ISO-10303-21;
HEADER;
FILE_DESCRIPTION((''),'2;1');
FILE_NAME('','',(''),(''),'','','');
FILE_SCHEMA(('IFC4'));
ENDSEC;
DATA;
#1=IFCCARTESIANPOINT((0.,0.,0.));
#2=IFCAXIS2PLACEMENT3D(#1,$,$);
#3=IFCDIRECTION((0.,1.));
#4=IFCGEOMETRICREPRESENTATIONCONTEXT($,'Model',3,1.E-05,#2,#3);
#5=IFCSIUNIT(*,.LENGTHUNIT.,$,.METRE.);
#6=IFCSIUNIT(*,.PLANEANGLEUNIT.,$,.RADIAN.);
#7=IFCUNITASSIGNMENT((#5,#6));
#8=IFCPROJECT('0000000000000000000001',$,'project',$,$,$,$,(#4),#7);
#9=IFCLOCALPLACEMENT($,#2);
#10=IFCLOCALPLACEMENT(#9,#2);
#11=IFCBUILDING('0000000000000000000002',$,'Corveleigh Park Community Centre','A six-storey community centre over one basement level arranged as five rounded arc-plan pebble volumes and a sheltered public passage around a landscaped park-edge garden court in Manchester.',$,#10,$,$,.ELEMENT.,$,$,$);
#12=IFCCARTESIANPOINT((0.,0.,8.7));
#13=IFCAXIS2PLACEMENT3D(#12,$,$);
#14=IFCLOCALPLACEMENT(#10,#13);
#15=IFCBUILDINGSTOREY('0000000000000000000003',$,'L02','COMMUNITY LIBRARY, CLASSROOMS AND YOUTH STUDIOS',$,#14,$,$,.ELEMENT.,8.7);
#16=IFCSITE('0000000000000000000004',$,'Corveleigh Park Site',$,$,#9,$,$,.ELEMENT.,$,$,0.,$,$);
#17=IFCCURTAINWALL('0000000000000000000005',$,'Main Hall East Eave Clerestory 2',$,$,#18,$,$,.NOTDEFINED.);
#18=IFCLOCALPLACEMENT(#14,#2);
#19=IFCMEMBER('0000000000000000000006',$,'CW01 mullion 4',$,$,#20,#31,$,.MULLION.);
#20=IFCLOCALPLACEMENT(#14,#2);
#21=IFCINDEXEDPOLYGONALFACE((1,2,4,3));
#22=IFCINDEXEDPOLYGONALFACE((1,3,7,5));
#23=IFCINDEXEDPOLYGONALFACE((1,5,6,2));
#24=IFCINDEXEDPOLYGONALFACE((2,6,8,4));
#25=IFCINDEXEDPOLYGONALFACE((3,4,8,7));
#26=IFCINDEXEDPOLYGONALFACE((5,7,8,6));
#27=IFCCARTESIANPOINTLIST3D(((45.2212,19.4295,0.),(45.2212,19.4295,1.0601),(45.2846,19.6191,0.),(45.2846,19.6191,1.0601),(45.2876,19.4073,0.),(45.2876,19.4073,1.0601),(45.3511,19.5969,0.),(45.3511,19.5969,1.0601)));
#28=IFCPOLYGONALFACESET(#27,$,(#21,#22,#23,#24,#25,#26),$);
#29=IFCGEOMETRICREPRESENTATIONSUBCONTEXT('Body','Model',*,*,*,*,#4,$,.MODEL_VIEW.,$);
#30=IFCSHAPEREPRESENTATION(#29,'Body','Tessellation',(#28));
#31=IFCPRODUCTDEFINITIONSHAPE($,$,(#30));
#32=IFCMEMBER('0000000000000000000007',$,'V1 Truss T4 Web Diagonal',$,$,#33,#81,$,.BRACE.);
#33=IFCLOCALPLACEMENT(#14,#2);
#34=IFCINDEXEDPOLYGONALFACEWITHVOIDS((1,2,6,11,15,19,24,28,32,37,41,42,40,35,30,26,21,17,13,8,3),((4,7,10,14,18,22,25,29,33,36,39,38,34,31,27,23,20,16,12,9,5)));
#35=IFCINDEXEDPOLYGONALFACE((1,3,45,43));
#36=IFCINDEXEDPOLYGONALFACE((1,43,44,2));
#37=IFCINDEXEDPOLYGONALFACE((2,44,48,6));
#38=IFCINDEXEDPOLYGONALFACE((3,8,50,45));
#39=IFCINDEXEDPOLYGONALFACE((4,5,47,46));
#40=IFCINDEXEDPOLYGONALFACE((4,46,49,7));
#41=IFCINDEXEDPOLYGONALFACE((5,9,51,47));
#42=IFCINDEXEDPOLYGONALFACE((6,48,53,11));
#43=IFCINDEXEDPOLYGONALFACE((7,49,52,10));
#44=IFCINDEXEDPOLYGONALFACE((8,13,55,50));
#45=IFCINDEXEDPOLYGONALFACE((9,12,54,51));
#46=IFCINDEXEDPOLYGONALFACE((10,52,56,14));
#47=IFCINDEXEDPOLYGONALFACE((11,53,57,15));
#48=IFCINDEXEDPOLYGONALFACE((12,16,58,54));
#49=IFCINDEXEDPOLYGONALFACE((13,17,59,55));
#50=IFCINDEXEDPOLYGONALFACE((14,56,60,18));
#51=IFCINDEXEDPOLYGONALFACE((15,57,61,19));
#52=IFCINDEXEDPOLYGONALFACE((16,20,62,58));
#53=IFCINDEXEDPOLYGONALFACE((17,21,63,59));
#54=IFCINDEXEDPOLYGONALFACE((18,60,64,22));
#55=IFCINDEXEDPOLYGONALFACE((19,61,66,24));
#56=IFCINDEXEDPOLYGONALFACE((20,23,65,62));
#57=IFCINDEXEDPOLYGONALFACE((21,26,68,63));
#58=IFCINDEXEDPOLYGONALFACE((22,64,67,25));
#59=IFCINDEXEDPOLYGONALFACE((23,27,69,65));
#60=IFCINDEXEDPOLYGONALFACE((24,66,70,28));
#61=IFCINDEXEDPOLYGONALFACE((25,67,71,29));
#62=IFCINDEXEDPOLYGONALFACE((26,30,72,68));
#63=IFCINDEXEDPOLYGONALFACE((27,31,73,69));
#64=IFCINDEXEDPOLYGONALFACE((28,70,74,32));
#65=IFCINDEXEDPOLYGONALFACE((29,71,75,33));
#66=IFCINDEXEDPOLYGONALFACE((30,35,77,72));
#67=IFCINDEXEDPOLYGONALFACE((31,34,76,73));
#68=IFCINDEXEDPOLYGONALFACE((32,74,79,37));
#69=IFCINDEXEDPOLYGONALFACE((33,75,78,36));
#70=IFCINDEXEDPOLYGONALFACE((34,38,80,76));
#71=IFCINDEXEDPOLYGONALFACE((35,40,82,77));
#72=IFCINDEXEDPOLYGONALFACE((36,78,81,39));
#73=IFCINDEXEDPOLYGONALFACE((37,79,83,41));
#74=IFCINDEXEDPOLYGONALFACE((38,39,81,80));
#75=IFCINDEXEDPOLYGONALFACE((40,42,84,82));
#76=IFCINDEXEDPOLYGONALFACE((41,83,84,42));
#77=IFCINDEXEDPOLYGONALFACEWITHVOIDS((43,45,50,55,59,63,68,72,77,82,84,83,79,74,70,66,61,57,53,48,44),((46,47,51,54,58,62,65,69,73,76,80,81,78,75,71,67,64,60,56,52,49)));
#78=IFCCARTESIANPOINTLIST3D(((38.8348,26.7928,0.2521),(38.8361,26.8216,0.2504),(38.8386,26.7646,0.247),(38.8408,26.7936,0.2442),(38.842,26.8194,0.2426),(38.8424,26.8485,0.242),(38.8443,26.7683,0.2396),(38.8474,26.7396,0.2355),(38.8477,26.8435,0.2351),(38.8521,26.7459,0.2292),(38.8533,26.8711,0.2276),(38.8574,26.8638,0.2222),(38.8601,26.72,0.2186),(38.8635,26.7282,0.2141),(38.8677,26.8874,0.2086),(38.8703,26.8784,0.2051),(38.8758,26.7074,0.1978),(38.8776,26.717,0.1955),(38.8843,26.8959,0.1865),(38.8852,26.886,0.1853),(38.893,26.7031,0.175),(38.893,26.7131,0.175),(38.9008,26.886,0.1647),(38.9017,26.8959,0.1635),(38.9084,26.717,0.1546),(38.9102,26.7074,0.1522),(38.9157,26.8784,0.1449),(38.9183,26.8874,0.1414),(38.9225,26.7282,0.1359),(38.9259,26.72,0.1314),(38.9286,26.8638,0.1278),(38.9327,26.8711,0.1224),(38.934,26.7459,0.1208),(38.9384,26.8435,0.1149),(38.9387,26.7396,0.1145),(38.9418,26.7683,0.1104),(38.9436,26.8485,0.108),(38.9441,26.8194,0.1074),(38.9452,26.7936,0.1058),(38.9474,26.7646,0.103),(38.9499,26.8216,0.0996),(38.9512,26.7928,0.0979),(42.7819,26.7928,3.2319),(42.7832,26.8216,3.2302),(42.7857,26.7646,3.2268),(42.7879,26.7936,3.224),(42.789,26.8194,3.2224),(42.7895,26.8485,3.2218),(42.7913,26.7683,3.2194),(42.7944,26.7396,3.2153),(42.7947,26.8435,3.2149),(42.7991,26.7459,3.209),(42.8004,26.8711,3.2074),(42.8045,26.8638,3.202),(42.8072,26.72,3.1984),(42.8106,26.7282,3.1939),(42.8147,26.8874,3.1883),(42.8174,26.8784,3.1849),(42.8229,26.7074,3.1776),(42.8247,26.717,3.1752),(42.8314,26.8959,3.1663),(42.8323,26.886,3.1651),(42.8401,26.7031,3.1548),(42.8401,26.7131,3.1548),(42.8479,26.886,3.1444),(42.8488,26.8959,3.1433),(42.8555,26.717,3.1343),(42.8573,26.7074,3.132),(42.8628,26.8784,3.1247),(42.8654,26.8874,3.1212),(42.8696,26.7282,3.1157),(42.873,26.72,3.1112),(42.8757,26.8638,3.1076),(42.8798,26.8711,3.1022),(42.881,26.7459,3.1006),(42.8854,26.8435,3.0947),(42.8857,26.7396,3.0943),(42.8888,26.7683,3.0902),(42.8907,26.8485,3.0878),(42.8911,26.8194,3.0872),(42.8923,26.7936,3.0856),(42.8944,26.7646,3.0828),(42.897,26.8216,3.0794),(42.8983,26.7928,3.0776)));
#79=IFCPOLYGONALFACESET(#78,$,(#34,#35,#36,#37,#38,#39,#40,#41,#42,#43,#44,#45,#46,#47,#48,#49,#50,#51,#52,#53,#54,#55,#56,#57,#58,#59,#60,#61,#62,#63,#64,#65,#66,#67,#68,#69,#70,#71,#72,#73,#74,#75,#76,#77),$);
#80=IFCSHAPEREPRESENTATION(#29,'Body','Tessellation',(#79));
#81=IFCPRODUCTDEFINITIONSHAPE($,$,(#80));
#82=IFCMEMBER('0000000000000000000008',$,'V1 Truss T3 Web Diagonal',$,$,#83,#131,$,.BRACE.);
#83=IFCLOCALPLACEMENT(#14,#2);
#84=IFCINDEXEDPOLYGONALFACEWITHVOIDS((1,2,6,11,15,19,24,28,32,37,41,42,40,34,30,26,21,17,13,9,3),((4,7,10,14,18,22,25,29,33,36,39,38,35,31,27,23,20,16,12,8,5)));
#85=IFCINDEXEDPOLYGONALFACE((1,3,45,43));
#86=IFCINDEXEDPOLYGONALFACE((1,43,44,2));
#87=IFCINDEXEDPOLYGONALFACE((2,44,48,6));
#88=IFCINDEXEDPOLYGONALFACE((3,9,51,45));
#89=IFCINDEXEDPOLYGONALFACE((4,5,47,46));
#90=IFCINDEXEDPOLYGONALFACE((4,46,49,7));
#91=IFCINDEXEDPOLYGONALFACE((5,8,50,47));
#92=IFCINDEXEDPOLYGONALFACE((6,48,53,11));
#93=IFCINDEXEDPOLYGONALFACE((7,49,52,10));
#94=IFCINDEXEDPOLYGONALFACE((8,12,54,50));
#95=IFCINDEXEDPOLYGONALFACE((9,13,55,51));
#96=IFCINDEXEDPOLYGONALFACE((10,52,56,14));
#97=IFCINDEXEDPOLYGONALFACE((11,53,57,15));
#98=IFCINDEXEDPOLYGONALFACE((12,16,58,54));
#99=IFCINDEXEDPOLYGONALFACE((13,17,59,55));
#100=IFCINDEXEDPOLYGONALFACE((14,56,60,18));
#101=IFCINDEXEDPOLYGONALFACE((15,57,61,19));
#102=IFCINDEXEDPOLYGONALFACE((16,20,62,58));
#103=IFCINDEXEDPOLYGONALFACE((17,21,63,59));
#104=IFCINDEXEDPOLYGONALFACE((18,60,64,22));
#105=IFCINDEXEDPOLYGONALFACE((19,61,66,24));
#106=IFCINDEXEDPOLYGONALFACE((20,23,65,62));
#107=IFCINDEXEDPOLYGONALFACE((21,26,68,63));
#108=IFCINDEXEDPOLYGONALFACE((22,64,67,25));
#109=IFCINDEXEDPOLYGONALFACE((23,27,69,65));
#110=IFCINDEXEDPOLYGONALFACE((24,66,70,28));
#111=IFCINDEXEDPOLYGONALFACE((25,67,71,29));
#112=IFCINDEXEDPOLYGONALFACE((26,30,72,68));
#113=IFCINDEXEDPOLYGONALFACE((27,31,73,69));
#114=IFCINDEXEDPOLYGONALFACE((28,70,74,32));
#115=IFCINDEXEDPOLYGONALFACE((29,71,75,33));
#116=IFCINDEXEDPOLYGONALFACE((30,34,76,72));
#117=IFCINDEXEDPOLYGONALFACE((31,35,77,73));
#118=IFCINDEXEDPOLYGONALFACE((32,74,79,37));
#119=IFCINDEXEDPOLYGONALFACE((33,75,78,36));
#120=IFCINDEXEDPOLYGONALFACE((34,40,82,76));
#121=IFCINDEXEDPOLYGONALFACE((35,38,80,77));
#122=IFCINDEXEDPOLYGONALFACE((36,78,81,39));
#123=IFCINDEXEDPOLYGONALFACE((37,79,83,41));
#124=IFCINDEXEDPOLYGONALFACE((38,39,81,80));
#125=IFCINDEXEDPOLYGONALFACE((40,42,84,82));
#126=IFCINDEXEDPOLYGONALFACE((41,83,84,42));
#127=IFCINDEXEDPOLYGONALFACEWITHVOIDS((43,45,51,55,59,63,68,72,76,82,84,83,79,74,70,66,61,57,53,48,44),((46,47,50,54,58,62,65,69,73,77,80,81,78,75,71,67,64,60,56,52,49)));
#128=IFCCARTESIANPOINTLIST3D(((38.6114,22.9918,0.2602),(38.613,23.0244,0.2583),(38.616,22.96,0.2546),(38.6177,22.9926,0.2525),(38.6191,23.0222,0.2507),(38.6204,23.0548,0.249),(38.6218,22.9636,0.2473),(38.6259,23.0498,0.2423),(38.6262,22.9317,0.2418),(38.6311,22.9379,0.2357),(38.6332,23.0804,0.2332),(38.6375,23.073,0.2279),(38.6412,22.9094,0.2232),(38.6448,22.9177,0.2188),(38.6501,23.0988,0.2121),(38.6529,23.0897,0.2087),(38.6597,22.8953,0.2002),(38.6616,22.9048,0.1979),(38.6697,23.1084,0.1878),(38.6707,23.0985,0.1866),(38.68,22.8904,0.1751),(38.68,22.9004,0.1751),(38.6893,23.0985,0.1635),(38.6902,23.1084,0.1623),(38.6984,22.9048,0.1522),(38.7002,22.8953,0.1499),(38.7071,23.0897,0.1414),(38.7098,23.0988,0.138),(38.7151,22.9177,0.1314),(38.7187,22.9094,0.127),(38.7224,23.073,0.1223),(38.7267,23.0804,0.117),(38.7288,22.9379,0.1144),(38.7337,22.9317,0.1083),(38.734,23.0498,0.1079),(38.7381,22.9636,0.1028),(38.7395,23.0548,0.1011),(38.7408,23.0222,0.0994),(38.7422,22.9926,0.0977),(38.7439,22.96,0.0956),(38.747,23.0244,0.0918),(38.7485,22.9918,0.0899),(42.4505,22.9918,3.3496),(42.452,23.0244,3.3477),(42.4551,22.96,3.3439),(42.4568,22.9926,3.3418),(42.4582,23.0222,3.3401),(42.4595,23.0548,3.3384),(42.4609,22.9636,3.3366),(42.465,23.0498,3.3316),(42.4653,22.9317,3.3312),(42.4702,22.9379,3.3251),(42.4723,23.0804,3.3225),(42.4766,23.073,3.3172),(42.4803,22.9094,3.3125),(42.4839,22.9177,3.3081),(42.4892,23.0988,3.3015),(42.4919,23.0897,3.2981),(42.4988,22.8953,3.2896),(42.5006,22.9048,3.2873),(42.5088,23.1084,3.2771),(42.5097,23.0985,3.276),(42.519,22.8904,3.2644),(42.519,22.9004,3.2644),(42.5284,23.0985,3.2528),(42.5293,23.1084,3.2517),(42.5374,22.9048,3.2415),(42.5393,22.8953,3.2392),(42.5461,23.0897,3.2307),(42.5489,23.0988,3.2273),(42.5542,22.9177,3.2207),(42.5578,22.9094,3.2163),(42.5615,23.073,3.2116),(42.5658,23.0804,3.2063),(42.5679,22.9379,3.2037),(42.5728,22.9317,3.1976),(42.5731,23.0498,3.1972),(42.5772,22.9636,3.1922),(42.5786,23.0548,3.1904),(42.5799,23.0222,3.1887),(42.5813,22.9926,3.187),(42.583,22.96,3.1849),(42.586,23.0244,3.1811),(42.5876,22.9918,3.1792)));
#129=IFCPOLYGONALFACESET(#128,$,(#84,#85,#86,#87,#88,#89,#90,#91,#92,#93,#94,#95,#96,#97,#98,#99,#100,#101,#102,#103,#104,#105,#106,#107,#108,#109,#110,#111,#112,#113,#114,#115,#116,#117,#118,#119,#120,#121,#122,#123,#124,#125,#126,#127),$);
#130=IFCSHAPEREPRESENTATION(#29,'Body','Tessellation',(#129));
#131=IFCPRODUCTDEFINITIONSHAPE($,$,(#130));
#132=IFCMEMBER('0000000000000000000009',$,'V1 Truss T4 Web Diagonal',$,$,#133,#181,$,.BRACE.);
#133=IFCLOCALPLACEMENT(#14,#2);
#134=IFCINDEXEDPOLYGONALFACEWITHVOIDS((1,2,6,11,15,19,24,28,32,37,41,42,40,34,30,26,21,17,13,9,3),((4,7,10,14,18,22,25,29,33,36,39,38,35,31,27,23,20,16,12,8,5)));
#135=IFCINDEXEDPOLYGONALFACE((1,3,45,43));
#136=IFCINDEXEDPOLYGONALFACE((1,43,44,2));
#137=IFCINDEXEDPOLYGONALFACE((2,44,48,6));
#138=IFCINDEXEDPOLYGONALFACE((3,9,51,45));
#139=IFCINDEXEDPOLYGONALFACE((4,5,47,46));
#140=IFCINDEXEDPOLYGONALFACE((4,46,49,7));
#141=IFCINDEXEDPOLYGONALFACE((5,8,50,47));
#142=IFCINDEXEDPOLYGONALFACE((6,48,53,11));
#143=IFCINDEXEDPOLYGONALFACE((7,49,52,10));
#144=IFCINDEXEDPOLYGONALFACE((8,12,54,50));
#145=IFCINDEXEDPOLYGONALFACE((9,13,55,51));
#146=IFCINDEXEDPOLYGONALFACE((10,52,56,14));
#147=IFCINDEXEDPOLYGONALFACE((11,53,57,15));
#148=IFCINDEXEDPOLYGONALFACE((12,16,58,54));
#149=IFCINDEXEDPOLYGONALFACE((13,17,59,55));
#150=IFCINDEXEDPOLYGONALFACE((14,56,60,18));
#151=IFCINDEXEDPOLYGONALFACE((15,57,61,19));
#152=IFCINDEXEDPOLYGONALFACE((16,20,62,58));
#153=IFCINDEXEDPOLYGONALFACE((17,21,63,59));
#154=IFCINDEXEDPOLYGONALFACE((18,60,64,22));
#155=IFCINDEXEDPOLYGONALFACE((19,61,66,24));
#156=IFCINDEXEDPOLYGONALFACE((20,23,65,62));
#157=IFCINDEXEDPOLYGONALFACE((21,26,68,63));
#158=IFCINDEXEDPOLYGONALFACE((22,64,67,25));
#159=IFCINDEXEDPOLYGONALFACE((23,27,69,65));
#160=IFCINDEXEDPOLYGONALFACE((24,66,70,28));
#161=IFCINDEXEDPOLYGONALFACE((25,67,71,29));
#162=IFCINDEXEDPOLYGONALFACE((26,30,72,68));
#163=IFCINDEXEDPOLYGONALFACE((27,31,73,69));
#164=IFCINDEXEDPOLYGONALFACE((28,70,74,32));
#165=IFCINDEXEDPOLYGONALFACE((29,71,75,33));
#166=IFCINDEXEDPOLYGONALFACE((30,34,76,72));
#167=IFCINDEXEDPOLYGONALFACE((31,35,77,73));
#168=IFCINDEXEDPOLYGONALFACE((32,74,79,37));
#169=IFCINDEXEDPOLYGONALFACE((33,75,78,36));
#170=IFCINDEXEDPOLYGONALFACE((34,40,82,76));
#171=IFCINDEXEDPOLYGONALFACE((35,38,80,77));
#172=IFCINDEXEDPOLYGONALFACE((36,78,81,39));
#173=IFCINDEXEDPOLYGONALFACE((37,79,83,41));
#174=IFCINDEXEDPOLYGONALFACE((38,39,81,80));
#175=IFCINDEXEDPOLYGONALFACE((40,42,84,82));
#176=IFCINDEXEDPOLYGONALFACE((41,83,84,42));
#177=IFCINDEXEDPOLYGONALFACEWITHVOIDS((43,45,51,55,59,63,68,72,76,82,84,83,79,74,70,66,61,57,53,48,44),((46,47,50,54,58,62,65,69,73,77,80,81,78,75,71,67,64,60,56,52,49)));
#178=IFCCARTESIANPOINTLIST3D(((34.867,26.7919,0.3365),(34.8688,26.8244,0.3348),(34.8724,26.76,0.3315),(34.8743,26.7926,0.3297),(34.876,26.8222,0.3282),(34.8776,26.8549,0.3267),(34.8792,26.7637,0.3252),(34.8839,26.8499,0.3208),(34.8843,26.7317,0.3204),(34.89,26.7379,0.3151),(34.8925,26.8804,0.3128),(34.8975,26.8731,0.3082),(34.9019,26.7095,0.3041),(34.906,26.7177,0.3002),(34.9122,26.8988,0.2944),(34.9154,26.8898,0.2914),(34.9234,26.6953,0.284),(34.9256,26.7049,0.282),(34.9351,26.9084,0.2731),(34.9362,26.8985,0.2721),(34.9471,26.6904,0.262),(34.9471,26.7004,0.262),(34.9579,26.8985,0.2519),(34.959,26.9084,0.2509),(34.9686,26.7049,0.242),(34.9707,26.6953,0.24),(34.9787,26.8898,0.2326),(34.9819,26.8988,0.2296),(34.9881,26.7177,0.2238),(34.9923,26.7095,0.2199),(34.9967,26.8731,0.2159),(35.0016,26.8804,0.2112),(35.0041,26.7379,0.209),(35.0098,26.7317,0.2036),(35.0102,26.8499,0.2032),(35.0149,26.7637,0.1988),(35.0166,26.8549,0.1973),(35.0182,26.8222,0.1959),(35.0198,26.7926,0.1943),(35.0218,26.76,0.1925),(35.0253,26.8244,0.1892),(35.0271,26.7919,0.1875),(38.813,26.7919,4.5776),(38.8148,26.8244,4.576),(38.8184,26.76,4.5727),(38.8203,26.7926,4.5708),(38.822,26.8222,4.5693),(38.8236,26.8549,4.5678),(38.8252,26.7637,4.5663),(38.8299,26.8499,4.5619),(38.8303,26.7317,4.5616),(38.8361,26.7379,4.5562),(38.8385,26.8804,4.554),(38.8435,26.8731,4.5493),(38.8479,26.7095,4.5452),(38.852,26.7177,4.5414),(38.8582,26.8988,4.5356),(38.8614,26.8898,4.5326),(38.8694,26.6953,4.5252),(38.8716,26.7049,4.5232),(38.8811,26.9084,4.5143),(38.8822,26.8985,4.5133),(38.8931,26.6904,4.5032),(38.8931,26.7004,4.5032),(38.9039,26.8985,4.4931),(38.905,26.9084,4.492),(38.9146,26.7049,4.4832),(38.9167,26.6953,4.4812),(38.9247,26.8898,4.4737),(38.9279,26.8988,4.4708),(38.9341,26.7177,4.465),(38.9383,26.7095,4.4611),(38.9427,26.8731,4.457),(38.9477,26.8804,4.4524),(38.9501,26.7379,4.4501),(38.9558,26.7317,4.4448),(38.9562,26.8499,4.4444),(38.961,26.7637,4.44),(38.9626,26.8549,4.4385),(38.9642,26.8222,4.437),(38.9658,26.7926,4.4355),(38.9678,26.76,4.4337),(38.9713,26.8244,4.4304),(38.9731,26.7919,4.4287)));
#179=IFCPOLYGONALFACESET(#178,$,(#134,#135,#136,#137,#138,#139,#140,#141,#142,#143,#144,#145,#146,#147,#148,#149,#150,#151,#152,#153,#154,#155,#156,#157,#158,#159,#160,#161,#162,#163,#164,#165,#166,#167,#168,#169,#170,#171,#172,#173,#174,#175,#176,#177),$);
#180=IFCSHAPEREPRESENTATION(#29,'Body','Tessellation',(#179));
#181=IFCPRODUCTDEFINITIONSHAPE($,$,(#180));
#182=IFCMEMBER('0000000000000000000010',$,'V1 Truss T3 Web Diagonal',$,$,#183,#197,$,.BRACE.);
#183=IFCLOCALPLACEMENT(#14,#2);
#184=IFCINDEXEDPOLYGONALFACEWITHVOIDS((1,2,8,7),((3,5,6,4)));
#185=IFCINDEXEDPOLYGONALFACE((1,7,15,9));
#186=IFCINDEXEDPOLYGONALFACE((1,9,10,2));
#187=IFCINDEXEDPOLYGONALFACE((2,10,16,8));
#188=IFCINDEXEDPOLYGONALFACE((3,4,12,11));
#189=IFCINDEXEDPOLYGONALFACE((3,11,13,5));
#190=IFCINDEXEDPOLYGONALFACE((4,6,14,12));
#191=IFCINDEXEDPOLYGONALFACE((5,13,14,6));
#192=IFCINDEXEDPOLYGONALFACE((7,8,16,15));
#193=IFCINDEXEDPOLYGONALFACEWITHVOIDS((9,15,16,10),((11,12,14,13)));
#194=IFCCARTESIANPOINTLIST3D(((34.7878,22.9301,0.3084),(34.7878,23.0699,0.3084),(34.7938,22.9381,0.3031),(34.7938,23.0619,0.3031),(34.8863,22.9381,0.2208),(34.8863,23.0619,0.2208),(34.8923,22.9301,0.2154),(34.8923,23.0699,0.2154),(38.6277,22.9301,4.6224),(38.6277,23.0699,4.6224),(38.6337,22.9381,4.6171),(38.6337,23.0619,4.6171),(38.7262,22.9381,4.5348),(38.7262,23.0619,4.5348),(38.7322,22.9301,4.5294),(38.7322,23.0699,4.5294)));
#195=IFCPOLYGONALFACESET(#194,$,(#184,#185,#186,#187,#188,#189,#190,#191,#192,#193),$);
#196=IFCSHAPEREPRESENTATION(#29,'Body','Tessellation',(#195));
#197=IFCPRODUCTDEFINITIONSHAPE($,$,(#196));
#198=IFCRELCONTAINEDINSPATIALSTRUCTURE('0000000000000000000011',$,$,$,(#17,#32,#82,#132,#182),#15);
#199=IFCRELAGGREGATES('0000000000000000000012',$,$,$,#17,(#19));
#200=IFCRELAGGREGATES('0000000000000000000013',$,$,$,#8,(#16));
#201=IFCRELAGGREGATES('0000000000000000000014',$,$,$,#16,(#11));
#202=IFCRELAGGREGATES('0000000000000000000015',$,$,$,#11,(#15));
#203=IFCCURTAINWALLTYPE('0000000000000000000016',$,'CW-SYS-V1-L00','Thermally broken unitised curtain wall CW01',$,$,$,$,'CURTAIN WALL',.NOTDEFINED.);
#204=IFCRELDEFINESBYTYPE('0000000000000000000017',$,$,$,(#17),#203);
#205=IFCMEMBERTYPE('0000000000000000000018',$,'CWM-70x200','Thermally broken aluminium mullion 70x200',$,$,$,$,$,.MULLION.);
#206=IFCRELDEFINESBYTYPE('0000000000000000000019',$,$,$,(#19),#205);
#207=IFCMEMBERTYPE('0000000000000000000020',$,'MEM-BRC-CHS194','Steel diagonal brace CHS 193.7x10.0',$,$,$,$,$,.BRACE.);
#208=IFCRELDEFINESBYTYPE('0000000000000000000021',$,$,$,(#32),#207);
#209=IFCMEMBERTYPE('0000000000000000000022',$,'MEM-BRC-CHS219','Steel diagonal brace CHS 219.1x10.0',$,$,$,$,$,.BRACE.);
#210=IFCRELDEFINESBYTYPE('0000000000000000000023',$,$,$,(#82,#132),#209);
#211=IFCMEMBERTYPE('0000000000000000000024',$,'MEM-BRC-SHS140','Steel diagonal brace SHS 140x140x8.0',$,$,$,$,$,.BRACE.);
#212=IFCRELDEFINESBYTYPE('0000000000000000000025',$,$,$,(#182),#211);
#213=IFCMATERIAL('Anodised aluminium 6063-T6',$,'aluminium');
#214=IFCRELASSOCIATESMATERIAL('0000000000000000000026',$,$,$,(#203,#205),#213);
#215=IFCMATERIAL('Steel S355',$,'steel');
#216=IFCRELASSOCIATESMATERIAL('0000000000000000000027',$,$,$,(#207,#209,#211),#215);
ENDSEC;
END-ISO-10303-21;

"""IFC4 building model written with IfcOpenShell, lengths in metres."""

from ifc_helpers import new_model, si_unit, direction, frame, origin, origin_2d, place, context, subcontext, project, spatial, rectangle, hollow_rectangle, hollow_circle, extrude, material, material_profile, profile_set, type_object, element, aggregate, save


model = new_model("IFC4")

# Units and contexts
model_context = context("Model", 3, precision=1e-05, world=origin(), true_north=direction((0.0, 1.0)))
body_context = subcontext(model_context, "Body", "Model", "MODEL_VIEW")
ifc_project = project(units=[si_unit("LENGTHUNIT", "METRE"), si_unit("PLANEANGLEUNIT", "RADIAN")], contexts=[model_context])

# Site, building, storey
site_placement = place(None, origin())
site = spatial("IfcSite", under=ifc_project, at=site_placement, Name="Corveleigh Park Site", CompositionType="ELEMENT", RefElevation=0.0)
building_placement = place(site_placement, origin())
building = spatial("IfcBuilding", under=site, at=building_placement, Name="Corveleigh Park Community Centre", Description="A six-storey community centre over one basement level arranged as five rounded arc-plan pebble volumes and a sheltered public passage around a landscaped park-edge garden court in Manchester.", CompositionType="ELEMENT")
storey_placement = place(building_placement, frame((0.0, 0.0, 8.7)))
storey = spatial("IfcBuildingStorey", under=building, at=storey_placement, Name="L02", Description="COMMUNITY LIBRARY, CLASSROOMS AND YOUTH STUDIOS", CompositionType="ELEMENT", Elevation=8.7)

# Curtain wall, member
ifc_material_1 = material(Name="Anodised aluminium 6063-T6", Category="aluminium")
curtain_wall_type = type_object("IfcCurtainWallType", Name="CW-SYS-V1-L00", Description="Thermally broken unitised curtain wall CW01", ElementType="CURTAIN WALL", PredefinedType="NOTDEFINED", material=ifc_material_1)
curtain_wall_placement = place(storey_placement, origin())
curtain_wall = element("IfcCurtainWall", 1, at=curtain_wall_placement, inside=storey, type_object=curtain_wall_type, Name="Main Hall East Eave Clerestory 2", PredefinedType="NOTDEFINED")
ifc_material_profile_1 = material_profile(ifc_material_1, rectangle(XDim=0.0701, YDim=0.2, at=origin_2d()), Name="ALU-M70x200", Category="aluminium")
ifc_profile_set_1 = profile_set([ifc_material_profile_1], Name="Anodised aluminium 6063-T6")
member_type_1 = type_object("IfcMemberType", Name="CWM-70x200", Description="Thermally broken aluminium mullion 70x200", PredefinedType="MULLION", material=ifc_profile_set_1)
member_1_placement = place(storey_placement, frame((45.2861, 19.5132, 0.0), z_axis=(0.0, 0.0, 1.0), x_axis=(0.948331, -0.317281, 0.0)))
member_1 = element("IfcMember", 2, at=member_1_placement, type_object=member_type_1, Name="CW01 mullion 4", PredefinedType="MULLION", context=body_context, shape_type="SweptSolid", body=[
    extrude(rectangle(XDim=0.0701, YDim=0.2, at=origin_2d()), origin(), (0.0, 0.0, 1.0), 1.0601),
])
aggregate(curtain_wall, [member_1])

# Members
ifc_material_2 = material(Name="Steel S355", Category="steel")
ifc_material_profile_2 = material_profile(ifc_material_2, hollow_circle(Radius=0.0969, WallThickness=0.01, at=origin_2d()), Name="CHS 193.7x10.0", Category="steel")
ifc_profile_set_2 = profile_set([ifc_material_profile_2], Name="Steel S355")
member_type_2 = type_object("IfcMemberType", Name="MEM-BRC-CHS194", Description="Steel diagonal brace CHS 193.7x10.0", PredefinedType="BRACE", material=ifc_profile_set_2)
member_2_placement = place(storey_placement, frame((42.8401, 26.8, 3.1548), z_axis=(-0.798106, 0.0, -0.602517), x_axis=(0.0, -1.0, 0.0)))
element("IfcMember", 3, at=member_2_placement, inside=storey, type_object=member_type_2, Name="V1 Truss T4 Web Diagonal", PredefinedType="BRACE", context=body_context, shape_type="SweptSolid", body=[
    extrude(hollow_circle(Radius=0.0969, WallThickness=0.01, at=origin_2d()), origin(), (0.0, 0.0, 1.0), 4.9456),
])
ifc_material_profile_3 = material_profile(ifc_material_2, hollow_circle(Radius=0.1096, WallThickness=0.01, at=origin_2d()), Name="CHS 219.1x10.0", Category="steel")
ifc_profile_set_3 = profile_set([ifc_material_profile_3], Name="Steel S355")
member_type_3 = type_object("IfcMemberType", Name="MEM-BRC-CHS219", Description="Steel diagonal brace CHS 219.1x10.0", PredefinedType="BRACE", material=ifc_profile_set_3)
member_3_placement = place(storey_placement, frame((42.519, 23.0, 3.2644), z_axis=(-0.779077, 0.0, -0.626928), x_axis=(0.0, -1.0, 0.0)))
element("IfcMember", 4, at=member_3_placement, inside=storey, type_object=member_type_3, Name="V1 Truss T3 Web Diagonal", PredefinedType="BRACE", context=body_context, shape_type="SweptSolid", body=[
    extrude(hollow_circle(Radius=0.1096, WallThickness=0.01, at=origin_2d()), origin(), (0.0, 0.0, 1.0), 4.9277),
])
member_4_placement = place(storey_placement, frame((38.8931, 26.8, 4.5032), z_axis=(-0.681172, 0.0, -0.732124), x_axis=(0.0, -1.0, 0.0)))
element("IfcMember", 5, at=member_4_placement, inside=storey, type_object=member_type_3, Name="V1 Truss T4 Web Diagonal", PredefinedType="BRACE", context=body_context, shape_type="SweptSolid", body=[
    extrude(hollow_circle(Radius=0.1096, WallThickness=0.01, at=origin_2d()), origin(), (0.0, 0.0, 1.0), 5.793),
])
ifc_material_profile_4 = material_profile(ifc_material_2, hollow_rectangle(XDim=0.1399, YDim=0.1399, WallThickness=0.0081, at=origin_2d()), Name="SHS 140x140x8.0", Category="steel")
ifc_profile_set_4 = profile_set([ifc_material_profile_4], Name="Steel S355")
member_type_4 = type_object("IfcMemberType", Name="MEM-BRC-SHS140", Description="Steel diagonal brace SHS 140x140x8.0", PredefinedType="BRACE", material=ifc_profile_set_4)
member_5_placement = place(storey_placement, frame((38.6799, 23.0, 4.5759), z_axis=(-0.664867, 0.0, -0.746961), x_axis=(0.0, -1.0, 0.0)))
element("IfcMember", 6, at=member_5_placement, inside=storey, type_object=member_type_4, Name="V1 Truss T3 Web Diagonal", PredefinedType="BRACE", context=body_context, shape_type="SweptSolid", body=[
    extrude(hollow_rectangle(XDim=0.1399, YDim=0.1399, WallThickness=0.0081, at=origin_2d()), origin(), (0.0, 0.0, 1.0), 5.7754),
])

save(model, "model.ifc")
